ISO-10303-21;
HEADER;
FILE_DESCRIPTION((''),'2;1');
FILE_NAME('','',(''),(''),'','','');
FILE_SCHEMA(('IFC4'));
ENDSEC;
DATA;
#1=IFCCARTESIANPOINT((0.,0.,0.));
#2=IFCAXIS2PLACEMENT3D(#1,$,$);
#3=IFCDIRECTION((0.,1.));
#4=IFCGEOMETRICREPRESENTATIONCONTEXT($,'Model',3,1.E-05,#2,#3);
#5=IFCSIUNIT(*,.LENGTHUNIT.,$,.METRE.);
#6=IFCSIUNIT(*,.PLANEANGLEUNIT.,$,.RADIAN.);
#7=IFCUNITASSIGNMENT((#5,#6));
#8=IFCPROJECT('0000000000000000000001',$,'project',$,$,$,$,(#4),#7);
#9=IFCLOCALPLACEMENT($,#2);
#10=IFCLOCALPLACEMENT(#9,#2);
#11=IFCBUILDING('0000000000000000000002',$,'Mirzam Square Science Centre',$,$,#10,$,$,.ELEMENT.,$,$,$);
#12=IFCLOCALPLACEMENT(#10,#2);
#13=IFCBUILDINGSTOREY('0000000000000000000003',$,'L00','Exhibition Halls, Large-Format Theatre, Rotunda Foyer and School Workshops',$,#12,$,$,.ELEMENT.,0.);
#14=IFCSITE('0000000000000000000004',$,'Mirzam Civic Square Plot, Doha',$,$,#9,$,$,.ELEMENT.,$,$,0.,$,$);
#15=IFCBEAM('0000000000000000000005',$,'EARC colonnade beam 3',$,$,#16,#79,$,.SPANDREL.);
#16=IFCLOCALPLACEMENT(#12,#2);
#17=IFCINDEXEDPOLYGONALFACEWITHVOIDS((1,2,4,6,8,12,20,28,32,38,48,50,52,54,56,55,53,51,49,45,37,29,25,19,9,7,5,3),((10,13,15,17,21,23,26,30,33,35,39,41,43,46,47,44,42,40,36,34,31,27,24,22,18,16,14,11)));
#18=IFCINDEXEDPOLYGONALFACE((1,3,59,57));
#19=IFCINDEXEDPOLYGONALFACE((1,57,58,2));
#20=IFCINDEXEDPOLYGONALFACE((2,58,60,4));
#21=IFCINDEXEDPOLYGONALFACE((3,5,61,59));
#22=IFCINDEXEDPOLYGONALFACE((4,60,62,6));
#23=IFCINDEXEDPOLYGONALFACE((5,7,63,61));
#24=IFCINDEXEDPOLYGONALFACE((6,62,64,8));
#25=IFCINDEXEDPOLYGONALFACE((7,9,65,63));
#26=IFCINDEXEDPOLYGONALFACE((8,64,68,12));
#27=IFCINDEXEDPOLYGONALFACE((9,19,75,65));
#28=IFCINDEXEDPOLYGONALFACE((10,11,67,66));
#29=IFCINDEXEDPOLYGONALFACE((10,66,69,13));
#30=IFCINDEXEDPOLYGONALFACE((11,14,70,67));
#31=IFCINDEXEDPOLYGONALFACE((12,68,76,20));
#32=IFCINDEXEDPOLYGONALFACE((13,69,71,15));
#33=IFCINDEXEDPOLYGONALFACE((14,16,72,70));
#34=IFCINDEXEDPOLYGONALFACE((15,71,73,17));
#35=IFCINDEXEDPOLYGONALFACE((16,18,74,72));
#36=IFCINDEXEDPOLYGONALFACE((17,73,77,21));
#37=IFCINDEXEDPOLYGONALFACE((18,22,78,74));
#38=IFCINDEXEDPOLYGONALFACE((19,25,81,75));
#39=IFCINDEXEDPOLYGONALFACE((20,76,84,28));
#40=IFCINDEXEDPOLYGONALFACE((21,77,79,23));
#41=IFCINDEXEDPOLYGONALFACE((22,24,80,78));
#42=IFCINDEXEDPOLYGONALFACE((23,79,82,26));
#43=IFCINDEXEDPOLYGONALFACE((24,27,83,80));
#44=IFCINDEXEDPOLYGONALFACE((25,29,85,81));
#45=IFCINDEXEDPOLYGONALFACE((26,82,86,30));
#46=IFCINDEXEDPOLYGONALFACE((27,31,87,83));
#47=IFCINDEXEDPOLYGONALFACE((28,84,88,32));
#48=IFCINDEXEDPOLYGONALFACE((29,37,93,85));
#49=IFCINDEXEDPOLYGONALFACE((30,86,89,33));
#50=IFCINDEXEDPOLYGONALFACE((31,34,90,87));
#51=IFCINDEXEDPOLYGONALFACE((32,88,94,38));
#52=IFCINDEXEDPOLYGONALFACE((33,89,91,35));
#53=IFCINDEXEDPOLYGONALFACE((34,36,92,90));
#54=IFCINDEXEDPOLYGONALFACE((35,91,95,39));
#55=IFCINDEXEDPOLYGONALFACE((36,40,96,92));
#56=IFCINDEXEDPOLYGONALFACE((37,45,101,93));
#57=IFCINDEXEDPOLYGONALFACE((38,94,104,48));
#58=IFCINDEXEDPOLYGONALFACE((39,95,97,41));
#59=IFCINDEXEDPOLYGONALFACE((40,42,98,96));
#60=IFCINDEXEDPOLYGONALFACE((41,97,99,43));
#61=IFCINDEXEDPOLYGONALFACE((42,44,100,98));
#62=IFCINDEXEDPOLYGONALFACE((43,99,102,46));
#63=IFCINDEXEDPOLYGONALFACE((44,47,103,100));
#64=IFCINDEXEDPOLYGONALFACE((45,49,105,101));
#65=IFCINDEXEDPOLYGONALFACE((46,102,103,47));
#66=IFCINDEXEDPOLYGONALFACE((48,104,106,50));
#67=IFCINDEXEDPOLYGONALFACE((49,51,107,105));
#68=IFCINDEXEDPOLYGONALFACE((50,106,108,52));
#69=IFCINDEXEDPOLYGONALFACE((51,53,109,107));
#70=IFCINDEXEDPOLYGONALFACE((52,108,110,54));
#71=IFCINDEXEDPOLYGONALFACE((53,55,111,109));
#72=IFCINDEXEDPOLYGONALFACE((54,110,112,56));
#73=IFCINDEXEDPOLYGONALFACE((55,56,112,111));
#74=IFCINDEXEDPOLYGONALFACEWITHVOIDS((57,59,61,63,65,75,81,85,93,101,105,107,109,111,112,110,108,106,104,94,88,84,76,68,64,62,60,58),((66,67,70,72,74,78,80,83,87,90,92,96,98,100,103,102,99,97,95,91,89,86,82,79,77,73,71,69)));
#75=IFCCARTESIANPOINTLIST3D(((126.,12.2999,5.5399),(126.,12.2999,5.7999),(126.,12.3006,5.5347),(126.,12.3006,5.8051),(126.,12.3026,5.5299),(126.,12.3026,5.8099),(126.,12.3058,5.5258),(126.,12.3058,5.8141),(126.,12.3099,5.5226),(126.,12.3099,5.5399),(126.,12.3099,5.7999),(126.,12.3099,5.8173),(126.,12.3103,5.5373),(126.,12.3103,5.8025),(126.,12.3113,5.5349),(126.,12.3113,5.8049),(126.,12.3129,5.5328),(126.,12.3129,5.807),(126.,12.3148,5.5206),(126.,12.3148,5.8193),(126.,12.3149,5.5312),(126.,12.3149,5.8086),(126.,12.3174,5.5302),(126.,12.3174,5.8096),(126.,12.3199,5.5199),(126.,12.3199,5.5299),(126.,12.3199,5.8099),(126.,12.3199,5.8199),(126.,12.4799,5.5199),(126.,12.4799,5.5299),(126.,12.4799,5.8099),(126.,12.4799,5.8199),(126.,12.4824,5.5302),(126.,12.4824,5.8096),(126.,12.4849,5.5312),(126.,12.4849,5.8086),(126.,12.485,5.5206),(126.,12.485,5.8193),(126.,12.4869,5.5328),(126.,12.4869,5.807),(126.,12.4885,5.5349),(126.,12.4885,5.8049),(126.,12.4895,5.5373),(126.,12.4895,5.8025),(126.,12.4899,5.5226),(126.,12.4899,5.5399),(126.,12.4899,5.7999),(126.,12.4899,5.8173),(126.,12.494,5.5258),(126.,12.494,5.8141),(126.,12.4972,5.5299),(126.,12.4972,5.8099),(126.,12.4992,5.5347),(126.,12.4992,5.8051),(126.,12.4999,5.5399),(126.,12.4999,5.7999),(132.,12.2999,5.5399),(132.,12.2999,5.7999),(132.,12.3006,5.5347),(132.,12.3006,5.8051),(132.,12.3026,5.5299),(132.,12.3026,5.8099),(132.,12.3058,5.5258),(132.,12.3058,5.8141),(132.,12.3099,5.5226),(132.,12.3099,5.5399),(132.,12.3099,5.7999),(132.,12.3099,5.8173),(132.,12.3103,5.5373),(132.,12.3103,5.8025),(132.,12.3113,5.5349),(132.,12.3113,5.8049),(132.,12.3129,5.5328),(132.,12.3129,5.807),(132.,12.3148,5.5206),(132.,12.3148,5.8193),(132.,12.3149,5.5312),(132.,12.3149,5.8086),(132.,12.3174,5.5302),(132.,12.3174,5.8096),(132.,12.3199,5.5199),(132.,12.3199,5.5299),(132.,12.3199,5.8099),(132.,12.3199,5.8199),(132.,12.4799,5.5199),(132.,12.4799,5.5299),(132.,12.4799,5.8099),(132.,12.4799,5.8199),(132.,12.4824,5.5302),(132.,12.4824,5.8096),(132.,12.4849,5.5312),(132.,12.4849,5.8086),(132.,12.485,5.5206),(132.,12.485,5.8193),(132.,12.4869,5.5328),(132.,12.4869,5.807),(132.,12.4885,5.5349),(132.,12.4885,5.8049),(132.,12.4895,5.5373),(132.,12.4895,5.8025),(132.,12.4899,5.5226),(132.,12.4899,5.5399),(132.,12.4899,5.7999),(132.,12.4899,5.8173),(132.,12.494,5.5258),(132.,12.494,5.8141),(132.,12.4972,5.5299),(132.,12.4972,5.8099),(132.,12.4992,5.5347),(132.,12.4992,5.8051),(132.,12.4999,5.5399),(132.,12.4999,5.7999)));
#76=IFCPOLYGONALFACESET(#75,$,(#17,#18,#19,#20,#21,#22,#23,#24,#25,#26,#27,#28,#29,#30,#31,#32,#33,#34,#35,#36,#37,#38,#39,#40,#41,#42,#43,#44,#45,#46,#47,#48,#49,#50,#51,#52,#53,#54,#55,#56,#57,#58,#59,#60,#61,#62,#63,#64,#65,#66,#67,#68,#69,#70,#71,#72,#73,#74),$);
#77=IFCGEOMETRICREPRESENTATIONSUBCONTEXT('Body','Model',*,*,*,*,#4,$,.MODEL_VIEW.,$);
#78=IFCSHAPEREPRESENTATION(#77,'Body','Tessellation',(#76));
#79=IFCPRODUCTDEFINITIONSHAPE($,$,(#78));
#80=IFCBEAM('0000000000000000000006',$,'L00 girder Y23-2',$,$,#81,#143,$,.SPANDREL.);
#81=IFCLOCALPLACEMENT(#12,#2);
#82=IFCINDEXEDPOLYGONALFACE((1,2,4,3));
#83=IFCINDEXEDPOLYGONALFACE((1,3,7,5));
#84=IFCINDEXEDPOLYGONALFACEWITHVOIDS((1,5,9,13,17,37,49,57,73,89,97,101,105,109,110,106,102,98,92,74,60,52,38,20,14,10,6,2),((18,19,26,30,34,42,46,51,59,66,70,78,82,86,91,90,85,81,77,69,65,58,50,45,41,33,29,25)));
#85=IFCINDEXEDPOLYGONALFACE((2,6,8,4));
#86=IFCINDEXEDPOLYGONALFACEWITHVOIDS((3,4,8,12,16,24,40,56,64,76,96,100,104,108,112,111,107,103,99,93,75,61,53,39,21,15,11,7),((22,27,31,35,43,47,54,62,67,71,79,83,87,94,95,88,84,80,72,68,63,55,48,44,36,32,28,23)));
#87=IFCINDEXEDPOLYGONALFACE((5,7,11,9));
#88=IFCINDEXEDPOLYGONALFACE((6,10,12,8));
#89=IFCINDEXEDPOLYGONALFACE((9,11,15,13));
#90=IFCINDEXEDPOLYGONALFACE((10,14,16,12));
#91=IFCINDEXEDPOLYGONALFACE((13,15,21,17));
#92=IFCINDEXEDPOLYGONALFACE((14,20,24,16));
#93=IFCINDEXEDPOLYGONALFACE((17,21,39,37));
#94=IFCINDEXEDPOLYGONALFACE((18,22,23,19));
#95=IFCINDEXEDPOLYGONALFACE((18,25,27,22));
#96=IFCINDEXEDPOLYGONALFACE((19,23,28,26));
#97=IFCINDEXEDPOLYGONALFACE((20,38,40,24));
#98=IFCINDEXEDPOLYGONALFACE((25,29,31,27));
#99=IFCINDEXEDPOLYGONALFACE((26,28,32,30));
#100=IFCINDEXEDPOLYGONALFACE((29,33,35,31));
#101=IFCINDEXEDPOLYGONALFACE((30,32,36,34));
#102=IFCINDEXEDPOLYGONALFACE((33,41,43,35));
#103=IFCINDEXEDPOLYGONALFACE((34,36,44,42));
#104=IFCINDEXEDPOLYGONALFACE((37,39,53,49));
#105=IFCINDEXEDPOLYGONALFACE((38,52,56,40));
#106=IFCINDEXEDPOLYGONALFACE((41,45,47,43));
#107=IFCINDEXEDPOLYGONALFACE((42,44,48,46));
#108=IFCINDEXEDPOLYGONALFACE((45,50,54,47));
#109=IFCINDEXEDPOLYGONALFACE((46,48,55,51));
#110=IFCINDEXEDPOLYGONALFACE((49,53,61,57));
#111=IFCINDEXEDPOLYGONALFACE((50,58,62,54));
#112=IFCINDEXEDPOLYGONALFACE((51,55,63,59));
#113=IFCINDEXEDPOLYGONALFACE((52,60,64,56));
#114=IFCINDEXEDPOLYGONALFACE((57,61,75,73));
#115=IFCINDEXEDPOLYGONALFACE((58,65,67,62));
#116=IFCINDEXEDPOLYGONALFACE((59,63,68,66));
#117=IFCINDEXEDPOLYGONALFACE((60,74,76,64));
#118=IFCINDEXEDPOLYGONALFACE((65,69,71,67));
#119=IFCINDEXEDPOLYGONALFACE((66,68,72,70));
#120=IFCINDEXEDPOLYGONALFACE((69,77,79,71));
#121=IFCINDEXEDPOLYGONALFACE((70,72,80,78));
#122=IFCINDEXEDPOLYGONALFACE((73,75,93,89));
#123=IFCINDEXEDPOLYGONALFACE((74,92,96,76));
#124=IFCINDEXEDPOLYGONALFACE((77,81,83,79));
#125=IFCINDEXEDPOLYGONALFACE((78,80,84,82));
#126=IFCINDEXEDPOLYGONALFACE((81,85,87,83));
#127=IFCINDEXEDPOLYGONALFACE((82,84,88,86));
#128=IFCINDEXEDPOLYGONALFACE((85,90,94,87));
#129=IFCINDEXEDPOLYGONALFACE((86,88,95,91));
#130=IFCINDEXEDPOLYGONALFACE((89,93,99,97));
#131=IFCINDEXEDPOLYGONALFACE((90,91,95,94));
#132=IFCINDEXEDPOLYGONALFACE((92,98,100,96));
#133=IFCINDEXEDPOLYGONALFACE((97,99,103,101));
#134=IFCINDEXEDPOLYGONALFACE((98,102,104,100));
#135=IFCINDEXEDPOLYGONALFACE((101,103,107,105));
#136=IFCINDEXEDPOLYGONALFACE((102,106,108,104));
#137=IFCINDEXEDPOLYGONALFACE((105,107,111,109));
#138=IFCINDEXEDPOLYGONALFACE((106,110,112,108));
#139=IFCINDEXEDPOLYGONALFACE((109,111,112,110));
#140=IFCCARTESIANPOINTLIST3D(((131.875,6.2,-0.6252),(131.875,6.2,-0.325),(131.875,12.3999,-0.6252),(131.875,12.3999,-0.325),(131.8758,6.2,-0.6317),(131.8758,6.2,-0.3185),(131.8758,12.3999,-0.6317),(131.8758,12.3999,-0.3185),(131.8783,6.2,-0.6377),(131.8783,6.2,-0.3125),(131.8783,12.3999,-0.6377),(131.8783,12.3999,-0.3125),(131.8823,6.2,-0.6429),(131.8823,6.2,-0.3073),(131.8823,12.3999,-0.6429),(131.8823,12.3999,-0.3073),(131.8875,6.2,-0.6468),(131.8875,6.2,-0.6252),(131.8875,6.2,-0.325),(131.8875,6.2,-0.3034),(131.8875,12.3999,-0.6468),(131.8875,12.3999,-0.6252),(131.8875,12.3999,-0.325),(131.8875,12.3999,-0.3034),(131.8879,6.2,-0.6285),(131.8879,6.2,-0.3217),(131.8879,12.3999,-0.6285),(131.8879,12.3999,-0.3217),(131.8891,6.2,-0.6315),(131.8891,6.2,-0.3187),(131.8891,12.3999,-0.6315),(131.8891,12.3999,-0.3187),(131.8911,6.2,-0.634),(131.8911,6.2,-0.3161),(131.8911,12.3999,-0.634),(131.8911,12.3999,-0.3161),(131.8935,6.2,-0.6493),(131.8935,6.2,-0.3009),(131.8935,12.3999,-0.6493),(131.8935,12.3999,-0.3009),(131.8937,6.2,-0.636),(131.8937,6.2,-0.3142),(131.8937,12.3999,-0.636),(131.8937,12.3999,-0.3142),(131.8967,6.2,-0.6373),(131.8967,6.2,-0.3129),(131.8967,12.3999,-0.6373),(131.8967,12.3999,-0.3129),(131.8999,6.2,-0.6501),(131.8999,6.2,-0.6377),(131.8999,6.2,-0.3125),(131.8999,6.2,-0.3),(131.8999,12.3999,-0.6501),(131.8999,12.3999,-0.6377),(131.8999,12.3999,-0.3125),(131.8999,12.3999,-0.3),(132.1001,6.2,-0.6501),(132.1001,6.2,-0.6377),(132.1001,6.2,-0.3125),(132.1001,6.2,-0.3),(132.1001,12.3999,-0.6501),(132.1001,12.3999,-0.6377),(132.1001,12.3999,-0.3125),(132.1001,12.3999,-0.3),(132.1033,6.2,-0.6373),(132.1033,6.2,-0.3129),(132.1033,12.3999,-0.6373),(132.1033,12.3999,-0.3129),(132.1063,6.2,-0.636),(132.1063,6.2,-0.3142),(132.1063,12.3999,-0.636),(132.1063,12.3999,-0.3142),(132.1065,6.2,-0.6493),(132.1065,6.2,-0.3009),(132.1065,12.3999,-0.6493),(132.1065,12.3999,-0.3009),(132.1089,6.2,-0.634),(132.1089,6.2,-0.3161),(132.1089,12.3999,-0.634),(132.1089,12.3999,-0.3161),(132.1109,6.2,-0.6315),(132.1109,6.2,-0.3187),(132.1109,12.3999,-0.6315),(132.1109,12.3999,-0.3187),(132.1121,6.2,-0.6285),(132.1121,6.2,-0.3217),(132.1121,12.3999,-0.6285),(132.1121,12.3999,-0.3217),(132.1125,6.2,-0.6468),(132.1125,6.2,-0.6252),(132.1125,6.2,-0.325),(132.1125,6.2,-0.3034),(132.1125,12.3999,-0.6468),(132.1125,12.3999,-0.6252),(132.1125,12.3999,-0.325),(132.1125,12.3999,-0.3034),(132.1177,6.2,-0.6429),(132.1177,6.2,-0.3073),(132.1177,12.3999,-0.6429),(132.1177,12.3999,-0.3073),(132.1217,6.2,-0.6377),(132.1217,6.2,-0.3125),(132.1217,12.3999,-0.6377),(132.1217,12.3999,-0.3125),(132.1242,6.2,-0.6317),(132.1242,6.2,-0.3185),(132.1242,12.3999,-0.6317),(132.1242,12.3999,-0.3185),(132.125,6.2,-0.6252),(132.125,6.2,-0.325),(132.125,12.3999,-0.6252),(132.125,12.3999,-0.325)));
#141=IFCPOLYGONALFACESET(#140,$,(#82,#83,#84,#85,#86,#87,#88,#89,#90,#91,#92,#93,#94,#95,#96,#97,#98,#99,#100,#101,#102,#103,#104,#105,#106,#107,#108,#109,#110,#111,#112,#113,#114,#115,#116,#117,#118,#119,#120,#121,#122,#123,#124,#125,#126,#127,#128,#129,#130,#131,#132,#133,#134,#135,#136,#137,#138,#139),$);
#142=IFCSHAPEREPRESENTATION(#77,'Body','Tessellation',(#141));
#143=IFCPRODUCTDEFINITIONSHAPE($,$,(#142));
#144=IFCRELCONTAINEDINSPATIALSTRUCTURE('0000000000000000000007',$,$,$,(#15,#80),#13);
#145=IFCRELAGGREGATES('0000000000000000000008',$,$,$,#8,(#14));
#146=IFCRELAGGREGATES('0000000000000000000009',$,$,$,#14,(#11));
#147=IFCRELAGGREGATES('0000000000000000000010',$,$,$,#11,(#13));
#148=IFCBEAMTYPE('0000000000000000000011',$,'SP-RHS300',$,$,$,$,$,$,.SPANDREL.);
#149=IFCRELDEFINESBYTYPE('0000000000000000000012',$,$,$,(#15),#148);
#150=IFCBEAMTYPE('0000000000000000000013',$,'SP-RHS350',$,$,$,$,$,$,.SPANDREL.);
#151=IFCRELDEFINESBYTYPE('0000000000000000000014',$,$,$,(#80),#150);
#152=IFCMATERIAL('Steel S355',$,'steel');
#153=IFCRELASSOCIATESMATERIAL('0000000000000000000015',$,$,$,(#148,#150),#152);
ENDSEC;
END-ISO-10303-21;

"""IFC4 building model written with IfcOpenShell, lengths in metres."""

from ifc_helpers import new_model, si_unit, direction, frame, origin, origin_2d, place, context, subcontext, project, spatial, hollow_rectangle, extrude, material, material_profile, profile_set, type_object, element, save


model = new_model("IFC4")

# Units and contexts
model_context = context("Model", 3, precision=1e-05, world=origin(), true_north=direction((0.0, 1.0)))
body_context = subcontext(model_context, "Body", "Model", "MODEL_VIEW")
ifc_project = project(units=[si_unit("LENGTHUNIT", "METRE"), si_unit("PLANEANGLEUNIT", "RADIAN")], contexts=[model_context])

# Site, building, storey
site_placement = place(None, origin())
site = spatial("IfcSite", under=ifc_project, at=site_placement, Name="Mirzam Civic Square Plot, Doha", CompositionType="ELEMENT", RefElevation=0.0)
building_placement = place(site_placement, origin())
building = spatial("IfcBuilding", under=site, at=building_placement, Name="Mirzam Square Science Centre", CompositionType="ELEMENT")
storey_placement = place(building_placement, origin())
storey = spatial("IfcBuildingStorey", under=building, at=storey_placement, Name="L00", Description="Exhibition Halls, Large-Format Theatre, Rotunda Foyer and School Workshops", CompositionType="ELEMENT", Elevation=0.0)

# Shared definitions
ifc_material_1 = material(Name="Steel S355", Category="steel")

# Beams
ifc_material_profile_1 = material_profile(ifc_material_1, hollow_rectangle(XDim=0.2, YDim=0.3, WallThickness=0.01, InnerFilletRadius=0.01, OuterFilletRadius=0.02, at=origin_2d()), Name="300x200x10.0RHS")
ifc_profile_set_1 = profile_set([ifc_material_profile_1], Name="Steel S355")
beam_type_1 = type_object("IfcBeamType", Name="SP-RHS300", PredefinedType="SPANDREL", material=ifc_profile_set_1)
for number, where, z_axis, x_axis, name in (
    (1, (126.0, 12.3999, 5.6699), (1.0, 0.0, 0.0), (0.0, 1.0, 0.0), "EARC colonnade beam 3"),
):
    element("IfcBeam", number, at=place(storey_placement, frame(where, z_axis=z_axis, x_axis=x_axis)), inside=storey, type_object=beam_type_1, Name=name, PredefinedType="SPANDREL", context=body_context, shape_type="SweptSolid", body=[
        extrude(hollow_rectangle(XDim=0.2, YDim=0.3, WallThickness=0.01, InnerFilletRadius=0.01, OuterFilletRadius=0.02, at=origin_2d()), origin(), (0.0, 0.0, 1.0), 6.0),
    ])
ifc_material_profile_2 = material_profile(ifc_material_1, hollow_rectangle(XDim=0.25, YDim=0.3501, WallThickness=0.0125, InnerFilletRadius=0.0125, OuterFilletRadius=0.0249, at=origin_2d()), Name="350x250x12.5RHS")
ifc_profile_set_2 = profile_set([ifc_material_profile_2], Name="Steel S355")
beam_type_2 = type_object("IfcBeamType", Name="SP-RHS350", PredefinedType="SPANDREL", material=ifc_profile_set_2)
beam_1_placement = place(storey_placement, frame((132.0, 6.2, -0.4751), z_axis=(0.0, 1.0, 0.0), x_axis=(-1.0, 0.0, 0.0)))
element("IfcBeam", 2, at=beam_1_placement, inside=storey, type_object=beam_type_2, Name="L00 girder Y23-2", PredefinedType="SPANDREL", context=body_context, shape_type="SweptSolid", body=[
    extrude(hollow_rectangle(XDim=0.25, YDim=0.3501, WallThickness=0.0125, InnerFilletRadius=0.0125, OuterFilletRadius=0.0249, at=origin_2d()), origin(), (0.0, 0.0, 1.0), 6.2),
])

save(model, "model.ifc")
